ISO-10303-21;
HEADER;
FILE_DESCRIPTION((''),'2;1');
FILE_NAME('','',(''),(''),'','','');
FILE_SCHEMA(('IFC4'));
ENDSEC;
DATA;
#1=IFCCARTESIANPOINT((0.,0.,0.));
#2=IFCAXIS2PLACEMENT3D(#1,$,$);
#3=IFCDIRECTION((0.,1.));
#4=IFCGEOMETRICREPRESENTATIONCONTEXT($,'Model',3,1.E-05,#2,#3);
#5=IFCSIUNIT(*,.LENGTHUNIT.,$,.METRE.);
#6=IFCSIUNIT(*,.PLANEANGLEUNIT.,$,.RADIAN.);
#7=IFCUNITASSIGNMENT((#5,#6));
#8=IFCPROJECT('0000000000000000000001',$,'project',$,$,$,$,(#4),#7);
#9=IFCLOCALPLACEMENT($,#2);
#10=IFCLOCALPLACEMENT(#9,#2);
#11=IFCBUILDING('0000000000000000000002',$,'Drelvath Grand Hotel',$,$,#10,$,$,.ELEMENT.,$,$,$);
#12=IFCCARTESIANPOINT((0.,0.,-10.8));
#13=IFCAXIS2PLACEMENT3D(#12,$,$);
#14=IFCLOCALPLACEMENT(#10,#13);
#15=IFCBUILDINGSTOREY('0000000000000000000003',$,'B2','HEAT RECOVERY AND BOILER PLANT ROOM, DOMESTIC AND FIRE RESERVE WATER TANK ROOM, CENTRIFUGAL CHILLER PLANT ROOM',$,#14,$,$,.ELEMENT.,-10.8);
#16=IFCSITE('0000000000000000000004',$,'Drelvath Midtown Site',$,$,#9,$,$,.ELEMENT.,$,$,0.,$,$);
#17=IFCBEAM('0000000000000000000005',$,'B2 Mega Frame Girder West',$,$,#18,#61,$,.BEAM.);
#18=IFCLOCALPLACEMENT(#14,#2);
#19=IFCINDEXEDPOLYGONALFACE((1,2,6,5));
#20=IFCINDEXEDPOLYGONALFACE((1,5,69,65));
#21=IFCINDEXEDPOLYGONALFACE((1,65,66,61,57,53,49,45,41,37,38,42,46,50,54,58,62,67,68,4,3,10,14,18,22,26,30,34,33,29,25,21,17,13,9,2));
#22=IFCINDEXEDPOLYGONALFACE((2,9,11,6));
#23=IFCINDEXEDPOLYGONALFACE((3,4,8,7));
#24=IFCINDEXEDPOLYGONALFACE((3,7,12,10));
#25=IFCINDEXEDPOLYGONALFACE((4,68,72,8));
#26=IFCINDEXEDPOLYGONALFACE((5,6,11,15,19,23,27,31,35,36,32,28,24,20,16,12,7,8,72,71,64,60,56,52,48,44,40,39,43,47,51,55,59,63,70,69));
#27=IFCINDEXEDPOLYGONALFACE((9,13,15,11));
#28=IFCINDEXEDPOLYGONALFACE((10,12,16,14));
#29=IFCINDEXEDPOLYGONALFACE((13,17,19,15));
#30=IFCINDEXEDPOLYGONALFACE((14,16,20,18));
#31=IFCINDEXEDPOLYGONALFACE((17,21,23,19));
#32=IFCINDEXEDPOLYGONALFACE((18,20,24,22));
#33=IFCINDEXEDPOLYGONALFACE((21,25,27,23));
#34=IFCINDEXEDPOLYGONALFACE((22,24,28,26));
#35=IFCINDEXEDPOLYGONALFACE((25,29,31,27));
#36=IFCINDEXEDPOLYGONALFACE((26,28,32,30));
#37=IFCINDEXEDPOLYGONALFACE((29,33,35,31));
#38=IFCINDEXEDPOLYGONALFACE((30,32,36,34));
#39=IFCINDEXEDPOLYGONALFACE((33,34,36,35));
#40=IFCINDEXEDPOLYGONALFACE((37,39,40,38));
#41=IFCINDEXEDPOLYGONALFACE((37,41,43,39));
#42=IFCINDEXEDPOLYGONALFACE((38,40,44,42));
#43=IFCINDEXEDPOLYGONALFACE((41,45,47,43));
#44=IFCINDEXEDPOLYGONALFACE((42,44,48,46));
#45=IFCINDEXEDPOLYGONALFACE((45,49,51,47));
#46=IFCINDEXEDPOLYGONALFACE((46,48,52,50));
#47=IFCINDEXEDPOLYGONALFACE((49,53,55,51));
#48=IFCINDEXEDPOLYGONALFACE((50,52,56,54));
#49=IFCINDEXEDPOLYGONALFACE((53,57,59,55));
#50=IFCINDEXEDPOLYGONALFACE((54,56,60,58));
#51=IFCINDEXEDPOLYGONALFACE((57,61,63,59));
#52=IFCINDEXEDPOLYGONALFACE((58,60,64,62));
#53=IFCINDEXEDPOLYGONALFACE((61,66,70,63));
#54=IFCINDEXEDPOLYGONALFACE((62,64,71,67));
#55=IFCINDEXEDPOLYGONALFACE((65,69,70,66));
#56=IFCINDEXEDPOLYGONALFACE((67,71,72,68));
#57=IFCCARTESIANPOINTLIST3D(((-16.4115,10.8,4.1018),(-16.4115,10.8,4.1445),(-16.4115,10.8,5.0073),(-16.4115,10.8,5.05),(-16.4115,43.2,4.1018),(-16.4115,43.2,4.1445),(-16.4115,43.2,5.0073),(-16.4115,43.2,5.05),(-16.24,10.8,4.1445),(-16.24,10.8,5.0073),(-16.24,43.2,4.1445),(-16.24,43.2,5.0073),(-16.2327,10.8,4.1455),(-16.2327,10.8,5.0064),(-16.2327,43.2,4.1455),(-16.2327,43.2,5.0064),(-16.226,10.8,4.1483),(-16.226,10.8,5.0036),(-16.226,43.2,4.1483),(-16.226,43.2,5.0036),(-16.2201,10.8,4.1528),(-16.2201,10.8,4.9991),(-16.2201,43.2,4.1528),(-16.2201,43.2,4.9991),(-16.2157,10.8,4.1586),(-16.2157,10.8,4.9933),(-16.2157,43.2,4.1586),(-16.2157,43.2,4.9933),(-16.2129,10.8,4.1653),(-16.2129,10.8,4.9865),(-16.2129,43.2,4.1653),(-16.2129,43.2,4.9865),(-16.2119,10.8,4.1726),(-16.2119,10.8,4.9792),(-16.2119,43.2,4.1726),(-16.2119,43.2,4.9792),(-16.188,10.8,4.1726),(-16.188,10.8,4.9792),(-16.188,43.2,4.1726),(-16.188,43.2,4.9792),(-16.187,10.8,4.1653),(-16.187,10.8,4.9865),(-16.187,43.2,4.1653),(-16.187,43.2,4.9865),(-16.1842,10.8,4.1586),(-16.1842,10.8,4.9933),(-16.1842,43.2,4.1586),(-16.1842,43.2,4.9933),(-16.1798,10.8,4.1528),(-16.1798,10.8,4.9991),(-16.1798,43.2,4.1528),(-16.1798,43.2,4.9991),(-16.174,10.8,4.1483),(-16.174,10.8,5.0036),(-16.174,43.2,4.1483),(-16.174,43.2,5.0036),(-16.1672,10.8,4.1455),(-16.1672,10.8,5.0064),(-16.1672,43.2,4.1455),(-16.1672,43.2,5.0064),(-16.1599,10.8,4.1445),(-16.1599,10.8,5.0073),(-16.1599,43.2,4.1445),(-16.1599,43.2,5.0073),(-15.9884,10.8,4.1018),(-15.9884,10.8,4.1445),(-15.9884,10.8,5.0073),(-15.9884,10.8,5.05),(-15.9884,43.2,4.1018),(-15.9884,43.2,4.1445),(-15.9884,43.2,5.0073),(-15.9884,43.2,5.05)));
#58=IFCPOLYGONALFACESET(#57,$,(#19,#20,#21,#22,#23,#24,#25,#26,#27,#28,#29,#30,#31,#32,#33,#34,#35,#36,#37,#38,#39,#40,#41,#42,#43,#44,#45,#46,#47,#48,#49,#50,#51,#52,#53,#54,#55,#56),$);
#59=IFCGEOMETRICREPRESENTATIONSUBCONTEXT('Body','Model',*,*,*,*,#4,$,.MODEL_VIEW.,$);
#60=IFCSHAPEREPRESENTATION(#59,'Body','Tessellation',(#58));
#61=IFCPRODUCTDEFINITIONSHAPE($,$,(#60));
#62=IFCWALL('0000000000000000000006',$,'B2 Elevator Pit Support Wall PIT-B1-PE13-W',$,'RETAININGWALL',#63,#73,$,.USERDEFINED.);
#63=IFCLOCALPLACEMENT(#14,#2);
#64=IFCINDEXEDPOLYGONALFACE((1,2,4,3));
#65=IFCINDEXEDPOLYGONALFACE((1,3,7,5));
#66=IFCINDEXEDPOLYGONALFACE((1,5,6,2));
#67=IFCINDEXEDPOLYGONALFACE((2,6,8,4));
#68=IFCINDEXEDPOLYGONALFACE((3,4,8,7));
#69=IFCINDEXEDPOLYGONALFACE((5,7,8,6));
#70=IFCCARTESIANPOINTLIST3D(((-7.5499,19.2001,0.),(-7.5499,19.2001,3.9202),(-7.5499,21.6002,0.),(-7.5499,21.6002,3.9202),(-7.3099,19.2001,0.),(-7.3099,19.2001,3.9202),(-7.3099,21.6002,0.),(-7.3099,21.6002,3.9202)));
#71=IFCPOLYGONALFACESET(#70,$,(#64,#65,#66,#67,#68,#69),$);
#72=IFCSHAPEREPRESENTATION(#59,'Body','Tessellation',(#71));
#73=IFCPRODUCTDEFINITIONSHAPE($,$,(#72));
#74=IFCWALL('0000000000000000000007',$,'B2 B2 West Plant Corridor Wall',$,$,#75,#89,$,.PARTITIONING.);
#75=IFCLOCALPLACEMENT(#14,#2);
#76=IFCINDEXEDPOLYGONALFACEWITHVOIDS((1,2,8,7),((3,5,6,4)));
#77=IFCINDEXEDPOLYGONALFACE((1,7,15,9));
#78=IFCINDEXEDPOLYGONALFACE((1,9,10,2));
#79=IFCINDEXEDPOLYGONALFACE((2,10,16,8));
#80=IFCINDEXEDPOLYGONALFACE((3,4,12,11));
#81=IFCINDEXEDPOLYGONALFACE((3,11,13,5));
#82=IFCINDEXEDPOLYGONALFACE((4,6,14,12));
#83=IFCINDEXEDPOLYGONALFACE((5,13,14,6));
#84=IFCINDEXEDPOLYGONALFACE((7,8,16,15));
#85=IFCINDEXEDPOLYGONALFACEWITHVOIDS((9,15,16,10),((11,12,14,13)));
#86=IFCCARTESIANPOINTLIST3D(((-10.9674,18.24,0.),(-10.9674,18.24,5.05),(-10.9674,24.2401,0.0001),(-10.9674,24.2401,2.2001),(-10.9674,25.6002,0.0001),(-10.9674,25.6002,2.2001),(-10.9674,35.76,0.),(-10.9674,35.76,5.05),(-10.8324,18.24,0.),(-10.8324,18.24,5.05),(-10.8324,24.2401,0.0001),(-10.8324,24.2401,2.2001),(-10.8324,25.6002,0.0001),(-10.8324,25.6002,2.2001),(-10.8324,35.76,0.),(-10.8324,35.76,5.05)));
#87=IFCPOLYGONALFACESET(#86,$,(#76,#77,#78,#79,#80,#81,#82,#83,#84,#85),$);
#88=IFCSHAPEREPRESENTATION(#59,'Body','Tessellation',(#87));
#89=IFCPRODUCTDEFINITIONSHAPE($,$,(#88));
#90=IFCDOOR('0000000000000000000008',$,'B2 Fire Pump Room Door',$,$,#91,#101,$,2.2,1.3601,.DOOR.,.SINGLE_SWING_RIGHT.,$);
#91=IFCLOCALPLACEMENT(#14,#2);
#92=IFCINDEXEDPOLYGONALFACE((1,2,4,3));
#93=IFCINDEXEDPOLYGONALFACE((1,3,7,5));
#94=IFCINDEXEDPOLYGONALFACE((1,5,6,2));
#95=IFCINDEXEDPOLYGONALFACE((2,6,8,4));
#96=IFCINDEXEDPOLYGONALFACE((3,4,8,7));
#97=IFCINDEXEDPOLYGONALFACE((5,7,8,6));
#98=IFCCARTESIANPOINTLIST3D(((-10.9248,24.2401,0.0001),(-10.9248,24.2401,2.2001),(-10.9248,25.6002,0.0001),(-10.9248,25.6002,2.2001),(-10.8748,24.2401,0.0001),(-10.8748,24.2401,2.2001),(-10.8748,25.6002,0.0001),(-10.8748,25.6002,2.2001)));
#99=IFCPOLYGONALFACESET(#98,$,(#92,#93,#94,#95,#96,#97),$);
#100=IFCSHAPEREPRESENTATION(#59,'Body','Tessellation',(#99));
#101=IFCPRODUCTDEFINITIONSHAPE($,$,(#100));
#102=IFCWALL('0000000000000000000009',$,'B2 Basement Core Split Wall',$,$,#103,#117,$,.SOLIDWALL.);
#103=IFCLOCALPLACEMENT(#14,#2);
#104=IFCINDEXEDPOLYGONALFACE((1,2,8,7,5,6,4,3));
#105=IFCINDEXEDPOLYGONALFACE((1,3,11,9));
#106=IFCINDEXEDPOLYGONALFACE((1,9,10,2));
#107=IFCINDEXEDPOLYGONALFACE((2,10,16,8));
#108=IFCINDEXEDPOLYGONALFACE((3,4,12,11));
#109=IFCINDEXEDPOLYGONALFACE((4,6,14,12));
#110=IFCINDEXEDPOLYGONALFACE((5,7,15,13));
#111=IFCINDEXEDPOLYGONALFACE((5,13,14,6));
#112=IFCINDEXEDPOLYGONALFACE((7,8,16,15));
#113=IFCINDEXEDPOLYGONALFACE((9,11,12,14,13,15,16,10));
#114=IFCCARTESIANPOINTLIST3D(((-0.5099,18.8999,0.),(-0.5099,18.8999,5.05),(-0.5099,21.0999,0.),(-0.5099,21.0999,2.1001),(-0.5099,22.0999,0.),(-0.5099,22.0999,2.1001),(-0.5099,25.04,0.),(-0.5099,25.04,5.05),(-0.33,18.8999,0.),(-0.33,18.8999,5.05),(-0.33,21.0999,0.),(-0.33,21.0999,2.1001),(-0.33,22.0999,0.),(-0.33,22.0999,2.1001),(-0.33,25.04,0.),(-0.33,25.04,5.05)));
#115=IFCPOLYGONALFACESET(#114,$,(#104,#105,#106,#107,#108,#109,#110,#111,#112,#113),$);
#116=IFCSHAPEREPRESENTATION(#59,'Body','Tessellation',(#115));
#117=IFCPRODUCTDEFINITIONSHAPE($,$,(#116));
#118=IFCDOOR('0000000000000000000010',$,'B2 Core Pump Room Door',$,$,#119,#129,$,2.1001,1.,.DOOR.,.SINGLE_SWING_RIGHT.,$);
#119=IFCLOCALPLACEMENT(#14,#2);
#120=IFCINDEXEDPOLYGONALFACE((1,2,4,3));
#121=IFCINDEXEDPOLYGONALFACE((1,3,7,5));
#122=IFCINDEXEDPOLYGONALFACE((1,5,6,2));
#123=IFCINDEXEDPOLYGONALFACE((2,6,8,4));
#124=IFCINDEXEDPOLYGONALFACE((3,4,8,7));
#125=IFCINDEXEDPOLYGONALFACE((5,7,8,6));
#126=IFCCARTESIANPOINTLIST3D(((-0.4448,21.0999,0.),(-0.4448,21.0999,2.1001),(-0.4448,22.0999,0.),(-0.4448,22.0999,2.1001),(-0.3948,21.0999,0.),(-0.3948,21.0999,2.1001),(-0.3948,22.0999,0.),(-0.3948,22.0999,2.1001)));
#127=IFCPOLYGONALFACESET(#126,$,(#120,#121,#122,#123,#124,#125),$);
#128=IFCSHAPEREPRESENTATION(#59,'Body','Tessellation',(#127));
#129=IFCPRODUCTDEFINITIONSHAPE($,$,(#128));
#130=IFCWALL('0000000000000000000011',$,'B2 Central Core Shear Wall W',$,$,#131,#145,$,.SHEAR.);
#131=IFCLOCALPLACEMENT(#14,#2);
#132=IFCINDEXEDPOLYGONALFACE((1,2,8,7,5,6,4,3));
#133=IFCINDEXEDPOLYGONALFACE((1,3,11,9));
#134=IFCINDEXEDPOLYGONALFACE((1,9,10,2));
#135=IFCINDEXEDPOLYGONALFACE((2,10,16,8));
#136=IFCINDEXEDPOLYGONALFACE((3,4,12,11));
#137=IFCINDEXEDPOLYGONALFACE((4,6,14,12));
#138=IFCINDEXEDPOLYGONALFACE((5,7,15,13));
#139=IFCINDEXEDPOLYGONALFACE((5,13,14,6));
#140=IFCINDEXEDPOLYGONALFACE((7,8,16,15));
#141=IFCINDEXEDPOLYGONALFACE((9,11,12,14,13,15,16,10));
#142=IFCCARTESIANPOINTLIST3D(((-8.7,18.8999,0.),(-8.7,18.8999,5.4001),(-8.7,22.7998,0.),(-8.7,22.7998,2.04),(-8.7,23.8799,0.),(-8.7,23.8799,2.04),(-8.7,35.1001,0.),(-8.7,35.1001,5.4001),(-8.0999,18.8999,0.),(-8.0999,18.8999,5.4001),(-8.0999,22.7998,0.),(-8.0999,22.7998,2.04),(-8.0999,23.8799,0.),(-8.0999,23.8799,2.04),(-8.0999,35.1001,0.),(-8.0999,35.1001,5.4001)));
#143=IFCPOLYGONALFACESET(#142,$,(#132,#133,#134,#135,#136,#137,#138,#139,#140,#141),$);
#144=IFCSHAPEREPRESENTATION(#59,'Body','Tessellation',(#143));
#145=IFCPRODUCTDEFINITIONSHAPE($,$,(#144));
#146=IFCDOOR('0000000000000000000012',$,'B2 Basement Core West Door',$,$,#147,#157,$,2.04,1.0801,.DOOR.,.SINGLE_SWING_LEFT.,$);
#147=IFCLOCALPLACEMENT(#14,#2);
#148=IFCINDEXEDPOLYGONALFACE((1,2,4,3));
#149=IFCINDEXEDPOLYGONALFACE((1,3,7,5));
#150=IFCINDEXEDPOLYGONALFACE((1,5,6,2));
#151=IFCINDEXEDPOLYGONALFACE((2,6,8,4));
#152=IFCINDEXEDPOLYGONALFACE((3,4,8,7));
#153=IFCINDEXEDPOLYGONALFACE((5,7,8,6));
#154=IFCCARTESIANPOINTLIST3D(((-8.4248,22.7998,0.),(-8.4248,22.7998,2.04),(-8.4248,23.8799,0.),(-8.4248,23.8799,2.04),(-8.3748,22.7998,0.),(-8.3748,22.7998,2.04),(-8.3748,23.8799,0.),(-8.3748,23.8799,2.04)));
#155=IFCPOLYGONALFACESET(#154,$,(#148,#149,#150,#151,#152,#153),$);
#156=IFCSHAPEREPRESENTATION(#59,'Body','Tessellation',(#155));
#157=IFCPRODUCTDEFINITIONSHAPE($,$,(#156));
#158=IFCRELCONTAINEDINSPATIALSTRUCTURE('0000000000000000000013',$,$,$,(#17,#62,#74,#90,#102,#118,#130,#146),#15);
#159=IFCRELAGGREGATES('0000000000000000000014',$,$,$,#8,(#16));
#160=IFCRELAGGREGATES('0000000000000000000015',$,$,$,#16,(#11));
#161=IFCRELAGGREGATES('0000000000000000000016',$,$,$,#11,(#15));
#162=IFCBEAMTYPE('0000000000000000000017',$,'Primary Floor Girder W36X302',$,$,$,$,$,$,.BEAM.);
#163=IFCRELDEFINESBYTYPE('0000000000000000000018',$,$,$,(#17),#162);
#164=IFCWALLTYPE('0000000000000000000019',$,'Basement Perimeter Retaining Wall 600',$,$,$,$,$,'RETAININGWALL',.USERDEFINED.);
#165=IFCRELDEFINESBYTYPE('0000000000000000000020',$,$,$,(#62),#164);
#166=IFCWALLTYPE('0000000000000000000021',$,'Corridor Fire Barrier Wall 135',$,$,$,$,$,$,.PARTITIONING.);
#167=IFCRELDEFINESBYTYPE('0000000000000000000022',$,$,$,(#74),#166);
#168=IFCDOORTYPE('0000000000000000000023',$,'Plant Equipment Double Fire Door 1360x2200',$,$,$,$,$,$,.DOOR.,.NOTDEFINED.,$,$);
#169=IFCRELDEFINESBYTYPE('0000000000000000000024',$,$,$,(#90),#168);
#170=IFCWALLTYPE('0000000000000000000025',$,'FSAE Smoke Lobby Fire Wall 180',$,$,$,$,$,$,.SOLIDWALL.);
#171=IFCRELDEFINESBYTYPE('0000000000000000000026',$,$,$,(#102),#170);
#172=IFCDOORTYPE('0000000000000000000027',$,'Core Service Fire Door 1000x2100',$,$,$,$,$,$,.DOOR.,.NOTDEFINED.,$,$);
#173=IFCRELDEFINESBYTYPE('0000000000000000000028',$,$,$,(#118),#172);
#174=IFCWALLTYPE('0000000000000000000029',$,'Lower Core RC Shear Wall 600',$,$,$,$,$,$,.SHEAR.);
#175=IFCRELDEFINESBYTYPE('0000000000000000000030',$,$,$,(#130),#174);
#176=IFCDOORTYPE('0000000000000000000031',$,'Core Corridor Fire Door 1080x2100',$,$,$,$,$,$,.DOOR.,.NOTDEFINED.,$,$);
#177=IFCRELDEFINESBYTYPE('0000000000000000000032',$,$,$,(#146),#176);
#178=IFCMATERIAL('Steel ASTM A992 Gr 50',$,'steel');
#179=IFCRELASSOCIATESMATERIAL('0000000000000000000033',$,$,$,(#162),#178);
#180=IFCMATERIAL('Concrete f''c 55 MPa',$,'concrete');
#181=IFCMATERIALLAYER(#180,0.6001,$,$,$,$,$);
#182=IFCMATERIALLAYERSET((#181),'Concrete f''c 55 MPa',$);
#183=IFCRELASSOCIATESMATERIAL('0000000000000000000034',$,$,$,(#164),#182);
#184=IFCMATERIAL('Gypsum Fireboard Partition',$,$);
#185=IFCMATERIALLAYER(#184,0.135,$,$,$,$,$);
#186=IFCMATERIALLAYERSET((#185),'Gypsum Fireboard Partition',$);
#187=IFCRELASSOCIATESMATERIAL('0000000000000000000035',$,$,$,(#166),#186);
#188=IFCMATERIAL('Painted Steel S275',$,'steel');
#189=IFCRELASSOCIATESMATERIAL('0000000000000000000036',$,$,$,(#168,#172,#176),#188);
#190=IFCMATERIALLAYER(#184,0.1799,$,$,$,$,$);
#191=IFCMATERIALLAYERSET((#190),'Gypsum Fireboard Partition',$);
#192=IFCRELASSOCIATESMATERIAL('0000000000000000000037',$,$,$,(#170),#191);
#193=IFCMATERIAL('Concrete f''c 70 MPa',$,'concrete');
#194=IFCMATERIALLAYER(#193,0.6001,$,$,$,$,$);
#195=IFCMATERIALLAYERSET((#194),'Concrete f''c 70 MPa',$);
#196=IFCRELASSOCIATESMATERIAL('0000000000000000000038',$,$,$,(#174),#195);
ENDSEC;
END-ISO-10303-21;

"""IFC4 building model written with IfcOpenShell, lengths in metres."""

from ifc_helpers import new_model, si_unit, direction, frame, frame_2d, origin, origin_2d, place, context, subcontext, project, spatial, rectangle, i_section, extrude, material, layer, layer_set, material_profile, profile_set, type_object, element, fill, save


model = new_model("IFC4")

# Units and contexts
model_context = context("Model", 3, precision=1e-05, world=origin(), true_north=direction((0.0, 1.0)))
body_context = subcontext(model_context, "Body", "Model", "MODEL_VIEW")
ifc_project = project(units=[si_unit("LENGTHUNIT", "METRE"), si_unit("PLANEANGLEUNIT", "RADIAN")], contexts=[model_context])

# Site, building, storey
site_placement = place(None, origin())
site = spatial("IfcSite", under=ifc_project, at=site_placement, Name="Drelvath Midtown Site", CompositionType="ELEMENT", RefElevation=0.0)
building_placement = place(site_placement, origin())
building = spatial("IfcBuilding", under=site, at=building_placement, Name="Drelvath Grand Hotel", CompositionType="ELEMENT")
storey_placement = place(building_placement, frame((0.0, 0.0, -10.8)))
storey = spatial("IfcBuildingStorey", under=building, at=storey_placement, Name="B2", Description="HEAT RECOVERY AND BOILER PLANT ROOM, DOMESTIC AND FIRE RESERVE WATER TANK ROOM, CENTRIFUGAL CHILLER PLANT ROOM", CompositionType="ELEMENT", Elevation=-10.8)

# Shared definitions
ifc_material_1 = material(Name="Concrete f'c 55 MPa", Category="concrete")

# Shared definitions
ifc_material_2 = material(Name="Concrete f'c 70 MPa", Category="concrete")

# Beam
ifc_material_3 = material(Name="Steel ASTM A992 Gr 50", Category="steel")
ifc_material_profile_1 = material_profile(ifc_material_3, i_section(OverallWidth=0.4231, OverallDepth=0.9482, WebThickness=0.0239, FlangeThickness=0.0427, FilletRadius=0.0281, at=origin_2d()), Name="W36X302")
ifc_profile_set_1 = profile_set([ifc_material_profile_1], Name="Steel ASTM A992 Gr 50")
beam_type_1 = type_object("IfcBeamType", Name="Primary Floor Girder W36X302", PredefinedType="BEAM", material=ifc_profile_set_1)
for number, where, z_axis, x_axis, name in (
    (1, (-16.2, 10.8, 4.5759), (0.0, 1.0, 0.0), (-1.0, 0.0, 0.0), "B2 Mega Frame Girder West"),
):
    element("IfcBeam", number, at=place(storey_placement, frame(where, z_axis=z_axis, x_axis=x_axis)), inside=storey, type_object=beam_type_1, Name=name, PredefinedType="BEAM", context=body_context, shape_type="SweptSolid", body=[
        extrude(i_section(OverallWidth=0.4231, OverallDepth=0.9482, WebThickness=0.0239, FlangeThickness=0.0427, FilletRadius=0.0281, at=origin_2d()), origin(), (0.0, 0.0, 1.0), 32.3999),
    ])

# Wall
ifc_layer_1 = layer(ifc_material_1, 0.6001)
ifc_layer_set_1 = layer_set([ifc_layer_1], Name="Concrete f'c 55 MPa")
wall_type_1 = type_object("IfcWallType", Name="Basement Perimeter Retaining Wall 600", ElementType="RETAININGWALL", PredefinedType="USERDEFINED", material=ifc_layer_set_1)
wall_1_placement = place(storey_placement, frame((-7.4299, 19.2, 0.0), z_axis=(0.0, 0.0, 1.0), x_axis=(0.0, 1.0, 0.0)))
element("IfcWall", 2, at=wall_1_placement, inside=storey, type_object=wall_type_1, Name="B2 Elevator Pit Support Wall PIT-B1-PE13-W", ObjectType="RETAININGWALL", PredefinedType="USERDEFINED", context=body_context, shape_type="SweptSolid", body=[
    extrude(rectangle(XDim=2.4001, YDim=0.24, at=frame_2d((1.2002, 0.0))), origin(), (0.0, 0.0, 1.0), 3.9202),
])

# Walls, openings, doors
ifc_material_4 = material(Name="Gypsum Fireboard Partition")
ifc_layer_2 = layer(ifc_material_4, 0.135)
ifc_layer_set_2 = layer_set([ifc_layer_2], Name="Gypsum Fireboard Partition")
wall_type_2 = type_object("IfcWallType", Name="Corridor Fire Barrier Wall 135", PredefinedType="PARTITIONING", material=ifc_layer_set_2)
wall_2_placement = place(storey_placement, frame((-10.8999, 18.24, 0.0), z_axis=(0.0, 0.0, 1.0), x_axis=(0.0, 1.0, 0.0)))
wall_2 = element("IfcWall", 3, at=wall_2_placement, inside=storey, type_object=wall_type_2, Name="B2 B2 West Plant Corridor Wall", PredefinedType="PARTITIONING", context=body_context, shape_type="SweptSolid", body=[
    extrude(rectangle(XDim=17.52, YDim=0.135, at=frame_2d((8.76, 0.0))), origin(), (0.0, 0.0, 1.0), 5.05),
])
opening_1_placement = place(wall_2_placement, frame((6.0, 0.0, 0.0)))
opening_1 = element("IfcOpeningElement", 4, at=opening_1_placement, cuts=wall_2, PredefinedType="OPENING", context=body_context, shape_type="SweptSolid", body=[
    extrude(rectangle(XDim=1.3601, YDim=2.2, at=frame_2d((0.6802, 1.1001))), frame((0.0, 0.0774, 0.0), z_axis=(0.0, -1.0, 0.0), x_axis=(1.0, 0.0, 0.0)), (0.0, 0.0, 1.0), 0.155),
])
ifc_material_5 = material(Name="Painted Steel S275", Category="steel")
door_type_1 = type_object("IfcDoorType", Name="Plant Equipment Double Fire Door 1360x2200", OperationType="NOTDEFINED", PredefinedType="DOOR", material=ifc_material_5)
door_1_placement = place(opening_1_placement, origin())
door_1 = element("IfcDoor", 5, at=door_1_placement, inside=storey, type_object=door_type_1, Name="B2 Fire Pump Room Door", OperationType="SINGLE_SWING_RIGHT", OverallHeight=2.2, OverallWidth=1.3601, PredefinedType="DOOR", context=body_context, shape_type="SweptSolid", body=[
    extrude(rectangle(XDim=1.3601, YDim=2.2, at=frame_2d((0.6802, 1.1001))), frame((0.0, 0.0249, 0.0), z_axis=(0.0, -1.0, 0.0), x_axis=(1.0, 0.0, 0.0)), (0.0, 0.0, 1.0), 0.05),
])
fill(opening_1, door_1)
ifc_layer_3 = layer(ifc_material_4, 0.1799)
ifc_layer_set_3 = layer_set([ifc_layer_3], Name="Gypsum Fireboard Partition")
wall_type_3 = type_object("IfcWallType", Name="FSAE Smoke Lobby Fire Wall 180", PredefinedType="SOLIDWALL", material=ifc_layer_set_3)
wall_3_placement = place(storey_placement, frame((-0.4199, 18.8999, 0.0), z_axis=(0.0, 0.0, 1.0), x_axis=(0.0, 1.0, 0.0)))
wall_3 = element("IfcWall", 6, at=wall_3_placement, inside=storey, type_object=wall_type_3, Name="B2 Basement Core Split Wall", PredefinedType="SOLIDWALL", context=body_context, shape_type="SweptSolid", body=[
    extrude(rectangle(XDim=6.1401, YDim=0.1799, at=frame_2d((3.0701, 0.0))), origin(), (0.0, 0.0, 1.0), 5.05),
])
opening_2_placement = place(wall_3_placement, frame((2.2, 0.0, 0.0)))
opening_2 = element("IfcOpeningElement", 7, at=opening_2_placement, cuts=wall_3, PredefinedType="OPENING", context=body_context, shape_type="SweptSolid", body=[
    extrude(rectangle(XDim=1.0, YDim=2.1001, at=frame_2d((0.5, 1.05))), frame((0.0, 0.0999, 0.0), z_axis=(0.0, -1.0, 0.0), x_axis=(1.0, 0.0, 0.0)), (0.0, 0.0, 1.0), 0.2),
])
door_type_2 = type_object("IfcDoorType", Name="Core Service Fire Door 1000x2100", OperationType="NOTDEFINED", PredefinedType="DOOR", material=ifc_material_5)
door_2_placement = place(opening_2_placement, origin())
door_2 = element("IfcDoor", 8, at=door_2_placement, inside=storey, type_object=door_type_2, Name="B2 Core Pump Room Door", OperationType="SINGLE_SWING_RIGHT", OverallHeight=2.1001, OverallWidth=1.0, PredefinedType="DOOR", context=body_context, shape_type="SweptSolid", body=[
    extrude(rectangle(XDim=1.0, YDim=2.1001, at=frame_2d((0.5, 1.05))), frame((0.0, 0.0249, 0.0), z_axis=(0.0, -1.0, 0.0), x_axis=(1.0, 0.0, 0.0)), (0.0, 0.0, 1.0), 0.05),
])
fill(opening_2, door_2)
ifc_layer_4 = layer(ifc_material_2, 0.6001)
ifc_layer_set_4 = layer_set([ifc_layer_4], Name="Concrete f'c 70 MPa")
wall_type_4 = type_object("IfcWallType", Name="Lower Core RC Shear Wall 600", PredefinedType="SHEAR", material=ifc_layer_set_4)
wall_4_placement = place(storey_placement, frame((-8.3999, 18.8999, 0.0), z_axis=(0.0, 0.0, 1.0), x_axis=(0.0, 1.0, 0.0)))
wall_4 = element("IfcWall", 9, at=wall_4_placement, inside=storey, type_object=wall_type_4, Name="B2 Central Core Shear Wall W", PredefinedType="SHEAR", context=body_context, shape_type="SweptSolid", body=[
    extrude(rectangle(XDim=16.2002, YDim=0.6001, at=frame_2d((8.1001, 0.0))), origin(), (0.0, 0.0, 1.0), 5.4001),
])
opening_3_placement = place(wall_4_placement, frame((3.8999, 0.0, 0.0)))
opening_3 = element("IfcOpeningElement", 10, at=opening_3_placement, cuts=wall_4, PredefinedType="OPENING", context=body_context, shape_type="SweptSolid", body=[
    extrude(rectangle(XDim=1.0801, YDim=2.04, at=frame_2d((0.54, 1.02))), frame((0.0, 0.3101, 0.0), z_axis=(0.0, -1.0, 0.0), x_axis=(1.0, 0.0, 0.0)), (0.0, 0.0, 1.0), 0.6201),
])
door_type_3 = type_object("IfcDoorType", Name="Core Corridor Fire Door 1080x2100", OperationType="NOTDEFINED", PredefinedType="DOOR", material=ifc_material_5)
door_3_placement = place(opening_3_placement, origin())
door_3 = element("IfcDoor", 11, at=door_3_placement, inside=storey, type_object=door_type_3, Name="B2 Basement Core West Door", OperationType="SINGLE_SWING_LEFT", OverallHeight=2.04, OverallWidth=1.0801, PredefinedType="DOOR", context=body_context, shape_type="SweptSolid", body=[
    extrude(rectangle(XDim=1.0801, YDim=2.04, at=frame_2d((0.54, 1.02))), frame((0.0, 0.0249, 0.0), z_axis=(0.0, -1.0, 0.0), x_axis=(1.0, 0.0, 0.0)), (0.0, 0.0, 1.0), 0.05),
])
fill(opening_3, door_3)

save(model, "model.ifc")
